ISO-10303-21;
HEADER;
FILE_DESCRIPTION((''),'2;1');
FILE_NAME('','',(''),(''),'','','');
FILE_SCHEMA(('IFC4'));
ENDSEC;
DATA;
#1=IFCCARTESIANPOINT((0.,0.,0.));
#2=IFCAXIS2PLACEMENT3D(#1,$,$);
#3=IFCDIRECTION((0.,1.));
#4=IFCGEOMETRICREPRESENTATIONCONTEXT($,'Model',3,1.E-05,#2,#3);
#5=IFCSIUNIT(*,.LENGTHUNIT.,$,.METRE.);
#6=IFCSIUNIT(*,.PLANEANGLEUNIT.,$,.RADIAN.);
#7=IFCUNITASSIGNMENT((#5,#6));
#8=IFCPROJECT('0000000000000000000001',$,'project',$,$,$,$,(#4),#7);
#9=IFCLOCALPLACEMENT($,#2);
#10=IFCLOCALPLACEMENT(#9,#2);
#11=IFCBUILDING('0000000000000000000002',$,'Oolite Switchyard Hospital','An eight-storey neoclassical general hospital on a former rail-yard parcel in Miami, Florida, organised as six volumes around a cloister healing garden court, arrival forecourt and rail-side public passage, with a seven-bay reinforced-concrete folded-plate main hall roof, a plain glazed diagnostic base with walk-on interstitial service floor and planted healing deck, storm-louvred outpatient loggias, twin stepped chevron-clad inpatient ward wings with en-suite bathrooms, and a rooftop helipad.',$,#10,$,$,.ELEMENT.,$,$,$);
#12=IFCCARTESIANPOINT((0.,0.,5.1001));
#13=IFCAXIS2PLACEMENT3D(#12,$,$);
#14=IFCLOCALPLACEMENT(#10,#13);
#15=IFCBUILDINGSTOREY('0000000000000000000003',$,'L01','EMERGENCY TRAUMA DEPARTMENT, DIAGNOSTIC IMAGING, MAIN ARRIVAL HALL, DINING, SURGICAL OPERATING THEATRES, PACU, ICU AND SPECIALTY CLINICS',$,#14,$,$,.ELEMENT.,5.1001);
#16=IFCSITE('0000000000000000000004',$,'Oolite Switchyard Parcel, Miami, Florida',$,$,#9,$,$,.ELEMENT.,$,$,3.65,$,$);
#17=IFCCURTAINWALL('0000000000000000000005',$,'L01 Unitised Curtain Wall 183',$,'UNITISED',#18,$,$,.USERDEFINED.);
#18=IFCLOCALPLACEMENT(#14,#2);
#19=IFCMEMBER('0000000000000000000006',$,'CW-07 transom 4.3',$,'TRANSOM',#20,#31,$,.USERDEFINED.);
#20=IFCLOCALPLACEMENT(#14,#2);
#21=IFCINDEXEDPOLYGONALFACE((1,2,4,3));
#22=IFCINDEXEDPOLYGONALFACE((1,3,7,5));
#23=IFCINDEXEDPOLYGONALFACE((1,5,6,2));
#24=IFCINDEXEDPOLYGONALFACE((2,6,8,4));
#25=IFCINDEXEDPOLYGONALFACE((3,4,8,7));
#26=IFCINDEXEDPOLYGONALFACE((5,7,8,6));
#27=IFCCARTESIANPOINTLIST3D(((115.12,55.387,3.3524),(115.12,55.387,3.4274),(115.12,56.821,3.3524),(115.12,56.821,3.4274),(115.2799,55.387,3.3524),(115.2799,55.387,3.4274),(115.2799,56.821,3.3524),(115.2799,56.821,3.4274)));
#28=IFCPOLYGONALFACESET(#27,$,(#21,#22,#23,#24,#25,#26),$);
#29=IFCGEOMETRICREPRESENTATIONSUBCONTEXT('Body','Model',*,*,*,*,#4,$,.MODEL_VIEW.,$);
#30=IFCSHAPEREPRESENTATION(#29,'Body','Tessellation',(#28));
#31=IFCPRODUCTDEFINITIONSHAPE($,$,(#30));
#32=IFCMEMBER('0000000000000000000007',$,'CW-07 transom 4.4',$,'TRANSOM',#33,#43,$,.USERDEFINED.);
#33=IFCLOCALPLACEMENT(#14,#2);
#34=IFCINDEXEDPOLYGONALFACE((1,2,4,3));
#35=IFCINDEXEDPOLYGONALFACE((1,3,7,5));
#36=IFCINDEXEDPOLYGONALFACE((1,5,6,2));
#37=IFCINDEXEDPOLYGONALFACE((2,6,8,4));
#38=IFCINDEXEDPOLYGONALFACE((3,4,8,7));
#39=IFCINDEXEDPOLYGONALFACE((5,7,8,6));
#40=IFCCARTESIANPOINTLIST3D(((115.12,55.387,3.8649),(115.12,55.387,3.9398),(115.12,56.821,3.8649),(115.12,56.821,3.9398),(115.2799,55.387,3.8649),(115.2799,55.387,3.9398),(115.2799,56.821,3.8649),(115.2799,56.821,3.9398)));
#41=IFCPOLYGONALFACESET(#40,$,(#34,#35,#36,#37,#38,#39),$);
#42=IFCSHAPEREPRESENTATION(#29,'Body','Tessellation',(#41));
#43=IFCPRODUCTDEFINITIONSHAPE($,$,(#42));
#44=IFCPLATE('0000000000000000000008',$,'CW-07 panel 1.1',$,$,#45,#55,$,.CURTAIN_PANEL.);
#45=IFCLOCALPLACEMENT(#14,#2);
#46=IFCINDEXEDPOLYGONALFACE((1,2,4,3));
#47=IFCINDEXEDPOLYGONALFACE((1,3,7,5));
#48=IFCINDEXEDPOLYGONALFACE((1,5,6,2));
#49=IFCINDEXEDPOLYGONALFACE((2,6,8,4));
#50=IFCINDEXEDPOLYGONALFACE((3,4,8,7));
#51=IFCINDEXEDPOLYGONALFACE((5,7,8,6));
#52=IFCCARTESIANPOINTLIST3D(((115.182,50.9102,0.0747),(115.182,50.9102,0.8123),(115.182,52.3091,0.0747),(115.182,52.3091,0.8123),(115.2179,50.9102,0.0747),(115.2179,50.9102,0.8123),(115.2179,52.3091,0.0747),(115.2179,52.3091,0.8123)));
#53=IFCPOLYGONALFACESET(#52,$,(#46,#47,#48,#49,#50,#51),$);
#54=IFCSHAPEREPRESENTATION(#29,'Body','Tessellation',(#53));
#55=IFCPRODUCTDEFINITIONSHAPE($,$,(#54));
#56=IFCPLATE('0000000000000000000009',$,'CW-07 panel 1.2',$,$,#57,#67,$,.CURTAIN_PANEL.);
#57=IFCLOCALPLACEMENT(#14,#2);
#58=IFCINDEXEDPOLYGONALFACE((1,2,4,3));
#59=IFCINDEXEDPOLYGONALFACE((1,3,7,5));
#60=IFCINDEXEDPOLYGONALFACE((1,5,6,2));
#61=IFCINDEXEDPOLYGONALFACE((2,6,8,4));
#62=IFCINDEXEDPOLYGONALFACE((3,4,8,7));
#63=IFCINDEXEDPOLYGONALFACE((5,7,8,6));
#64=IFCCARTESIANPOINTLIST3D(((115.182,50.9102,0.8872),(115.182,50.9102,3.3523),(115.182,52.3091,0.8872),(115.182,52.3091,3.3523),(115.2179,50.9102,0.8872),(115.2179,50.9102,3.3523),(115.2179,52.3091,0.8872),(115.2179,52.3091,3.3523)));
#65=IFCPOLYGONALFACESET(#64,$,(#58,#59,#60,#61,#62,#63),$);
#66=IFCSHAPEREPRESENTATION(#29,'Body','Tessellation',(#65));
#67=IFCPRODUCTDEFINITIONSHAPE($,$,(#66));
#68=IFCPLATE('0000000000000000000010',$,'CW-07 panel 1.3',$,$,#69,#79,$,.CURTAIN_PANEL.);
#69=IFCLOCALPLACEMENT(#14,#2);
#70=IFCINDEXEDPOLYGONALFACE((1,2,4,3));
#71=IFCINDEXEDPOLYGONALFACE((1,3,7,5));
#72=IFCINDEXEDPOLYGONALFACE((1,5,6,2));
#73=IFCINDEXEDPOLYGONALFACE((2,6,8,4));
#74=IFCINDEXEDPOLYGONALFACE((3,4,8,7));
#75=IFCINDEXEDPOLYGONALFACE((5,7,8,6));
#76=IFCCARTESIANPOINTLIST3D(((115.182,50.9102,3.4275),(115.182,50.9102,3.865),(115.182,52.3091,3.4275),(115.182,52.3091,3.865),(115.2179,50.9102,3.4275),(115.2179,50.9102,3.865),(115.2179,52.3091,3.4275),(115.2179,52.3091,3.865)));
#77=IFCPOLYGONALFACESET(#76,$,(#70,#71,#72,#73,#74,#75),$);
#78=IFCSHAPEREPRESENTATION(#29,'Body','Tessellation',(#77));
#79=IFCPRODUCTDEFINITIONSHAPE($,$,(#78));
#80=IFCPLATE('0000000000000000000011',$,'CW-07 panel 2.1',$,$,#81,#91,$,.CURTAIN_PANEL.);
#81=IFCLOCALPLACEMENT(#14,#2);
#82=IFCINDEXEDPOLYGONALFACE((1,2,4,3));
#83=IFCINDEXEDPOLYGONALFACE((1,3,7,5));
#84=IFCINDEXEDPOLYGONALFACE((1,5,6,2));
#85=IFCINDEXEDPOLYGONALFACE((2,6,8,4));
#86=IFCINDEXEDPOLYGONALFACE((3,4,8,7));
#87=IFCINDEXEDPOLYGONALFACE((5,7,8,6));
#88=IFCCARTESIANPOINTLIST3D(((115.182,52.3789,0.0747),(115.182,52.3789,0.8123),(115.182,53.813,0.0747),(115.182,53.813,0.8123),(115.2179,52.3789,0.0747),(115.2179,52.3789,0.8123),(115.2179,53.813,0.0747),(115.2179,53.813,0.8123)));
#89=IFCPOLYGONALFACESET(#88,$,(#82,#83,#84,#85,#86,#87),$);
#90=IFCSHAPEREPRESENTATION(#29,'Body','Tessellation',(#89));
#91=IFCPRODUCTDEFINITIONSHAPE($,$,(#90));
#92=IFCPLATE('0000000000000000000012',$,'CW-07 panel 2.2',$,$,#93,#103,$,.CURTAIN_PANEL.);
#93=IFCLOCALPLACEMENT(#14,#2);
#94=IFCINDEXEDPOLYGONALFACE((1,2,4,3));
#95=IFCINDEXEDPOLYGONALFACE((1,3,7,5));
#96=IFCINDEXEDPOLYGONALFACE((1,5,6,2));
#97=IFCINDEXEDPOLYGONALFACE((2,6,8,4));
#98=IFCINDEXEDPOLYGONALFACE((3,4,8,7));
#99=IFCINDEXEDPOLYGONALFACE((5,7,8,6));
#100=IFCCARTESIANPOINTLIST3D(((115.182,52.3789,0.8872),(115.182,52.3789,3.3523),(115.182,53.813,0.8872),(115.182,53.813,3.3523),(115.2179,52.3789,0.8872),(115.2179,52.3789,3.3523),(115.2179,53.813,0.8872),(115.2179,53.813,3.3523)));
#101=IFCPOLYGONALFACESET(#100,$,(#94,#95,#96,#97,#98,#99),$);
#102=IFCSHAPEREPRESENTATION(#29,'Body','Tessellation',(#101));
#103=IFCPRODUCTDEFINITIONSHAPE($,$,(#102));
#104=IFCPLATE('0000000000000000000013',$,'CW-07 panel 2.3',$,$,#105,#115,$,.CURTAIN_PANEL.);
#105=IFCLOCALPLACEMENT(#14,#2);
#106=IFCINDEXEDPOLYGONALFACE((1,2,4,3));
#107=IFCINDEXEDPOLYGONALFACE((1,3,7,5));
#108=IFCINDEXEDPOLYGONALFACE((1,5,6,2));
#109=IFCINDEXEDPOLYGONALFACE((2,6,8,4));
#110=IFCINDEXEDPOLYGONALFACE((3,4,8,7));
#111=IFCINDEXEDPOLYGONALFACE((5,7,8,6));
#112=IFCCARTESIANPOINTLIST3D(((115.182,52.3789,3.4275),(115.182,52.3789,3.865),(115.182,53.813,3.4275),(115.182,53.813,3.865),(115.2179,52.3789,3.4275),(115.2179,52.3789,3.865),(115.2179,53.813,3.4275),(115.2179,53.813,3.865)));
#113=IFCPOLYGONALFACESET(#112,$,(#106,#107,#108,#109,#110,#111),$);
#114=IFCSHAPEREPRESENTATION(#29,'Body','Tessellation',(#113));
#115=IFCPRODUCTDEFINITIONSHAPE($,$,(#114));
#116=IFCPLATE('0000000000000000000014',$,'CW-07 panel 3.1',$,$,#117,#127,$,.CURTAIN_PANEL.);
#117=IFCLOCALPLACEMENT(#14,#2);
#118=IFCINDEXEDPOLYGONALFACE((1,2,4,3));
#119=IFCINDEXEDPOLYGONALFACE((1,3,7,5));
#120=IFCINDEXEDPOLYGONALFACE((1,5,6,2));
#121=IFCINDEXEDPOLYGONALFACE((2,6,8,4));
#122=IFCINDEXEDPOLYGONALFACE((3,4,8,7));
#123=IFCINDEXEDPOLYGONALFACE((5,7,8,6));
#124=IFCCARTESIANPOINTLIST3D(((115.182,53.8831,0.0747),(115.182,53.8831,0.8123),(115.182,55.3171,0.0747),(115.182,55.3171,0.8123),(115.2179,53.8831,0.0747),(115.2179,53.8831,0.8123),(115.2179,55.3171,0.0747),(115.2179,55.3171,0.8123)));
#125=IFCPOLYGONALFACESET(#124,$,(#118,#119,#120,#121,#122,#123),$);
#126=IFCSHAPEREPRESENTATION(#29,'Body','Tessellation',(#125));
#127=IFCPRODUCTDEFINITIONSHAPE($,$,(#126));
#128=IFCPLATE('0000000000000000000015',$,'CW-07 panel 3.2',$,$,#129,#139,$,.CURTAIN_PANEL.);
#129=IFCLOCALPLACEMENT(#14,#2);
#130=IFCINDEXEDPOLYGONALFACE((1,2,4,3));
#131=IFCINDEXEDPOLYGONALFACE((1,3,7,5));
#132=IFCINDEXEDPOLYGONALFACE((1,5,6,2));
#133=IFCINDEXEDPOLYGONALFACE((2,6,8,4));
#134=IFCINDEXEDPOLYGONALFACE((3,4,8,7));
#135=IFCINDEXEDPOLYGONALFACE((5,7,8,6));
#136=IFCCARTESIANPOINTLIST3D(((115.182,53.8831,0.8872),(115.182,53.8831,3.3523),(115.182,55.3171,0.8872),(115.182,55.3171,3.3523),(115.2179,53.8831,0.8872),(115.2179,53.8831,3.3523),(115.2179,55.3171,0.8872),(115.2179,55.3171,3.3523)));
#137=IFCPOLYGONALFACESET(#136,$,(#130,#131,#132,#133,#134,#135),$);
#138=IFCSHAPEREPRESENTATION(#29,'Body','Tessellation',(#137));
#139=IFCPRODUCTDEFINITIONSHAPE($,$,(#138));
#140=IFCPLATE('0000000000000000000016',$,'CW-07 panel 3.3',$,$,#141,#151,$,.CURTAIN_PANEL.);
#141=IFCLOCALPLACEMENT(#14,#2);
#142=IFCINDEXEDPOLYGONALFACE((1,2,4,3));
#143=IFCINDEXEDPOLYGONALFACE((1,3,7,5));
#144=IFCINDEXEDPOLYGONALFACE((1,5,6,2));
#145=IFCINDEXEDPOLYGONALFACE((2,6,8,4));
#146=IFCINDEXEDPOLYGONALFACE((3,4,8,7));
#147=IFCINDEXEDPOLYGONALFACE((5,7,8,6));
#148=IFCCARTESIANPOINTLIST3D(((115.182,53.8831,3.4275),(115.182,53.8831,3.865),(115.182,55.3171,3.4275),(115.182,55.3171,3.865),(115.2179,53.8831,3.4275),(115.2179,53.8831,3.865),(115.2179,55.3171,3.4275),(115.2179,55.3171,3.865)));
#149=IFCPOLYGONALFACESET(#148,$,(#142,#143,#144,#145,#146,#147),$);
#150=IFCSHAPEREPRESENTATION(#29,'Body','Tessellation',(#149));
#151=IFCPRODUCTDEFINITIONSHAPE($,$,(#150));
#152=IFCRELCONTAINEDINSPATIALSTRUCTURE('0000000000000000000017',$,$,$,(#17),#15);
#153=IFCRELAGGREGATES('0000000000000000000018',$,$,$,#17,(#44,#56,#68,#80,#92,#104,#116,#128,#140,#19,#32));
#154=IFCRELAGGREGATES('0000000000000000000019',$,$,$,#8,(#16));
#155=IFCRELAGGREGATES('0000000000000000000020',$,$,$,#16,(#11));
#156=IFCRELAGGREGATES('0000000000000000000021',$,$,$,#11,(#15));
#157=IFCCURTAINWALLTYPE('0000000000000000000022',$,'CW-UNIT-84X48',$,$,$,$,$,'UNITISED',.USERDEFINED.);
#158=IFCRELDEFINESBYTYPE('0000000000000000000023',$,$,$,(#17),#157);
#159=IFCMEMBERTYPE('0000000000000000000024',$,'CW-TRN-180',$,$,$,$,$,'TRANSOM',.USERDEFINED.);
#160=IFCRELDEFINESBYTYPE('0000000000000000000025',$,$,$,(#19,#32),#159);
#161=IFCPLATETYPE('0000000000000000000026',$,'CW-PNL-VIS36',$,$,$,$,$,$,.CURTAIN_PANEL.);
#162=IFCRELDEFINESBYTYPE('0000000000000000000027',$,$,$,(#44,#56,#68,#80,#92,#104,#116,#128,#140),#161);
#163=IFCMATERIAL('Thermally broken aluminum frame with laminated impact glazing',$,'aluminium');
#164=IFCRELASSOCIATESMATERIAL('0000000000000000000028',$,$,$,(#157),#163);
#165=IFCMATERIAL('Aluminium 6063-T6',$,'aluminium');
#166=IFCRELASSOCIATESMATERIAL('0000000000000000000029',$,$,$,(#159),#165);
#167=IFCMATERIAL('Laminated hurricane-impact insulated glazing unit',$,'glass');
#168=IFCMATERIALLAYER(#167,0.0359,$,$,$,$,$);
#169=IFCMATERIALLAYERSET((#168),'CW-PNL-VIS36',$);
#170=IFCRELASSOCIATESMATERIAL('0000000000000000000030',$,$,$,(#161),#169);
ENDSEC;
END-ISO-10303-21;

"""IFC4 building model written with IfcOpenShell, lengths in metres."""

from ifc_helpers import new_model, si_unit, direction, frame, origin, origin_2d, place, context, subcontext, project, spatial, rectangle, extrude, material, layer, layer_set, material_profile, profile_set, type_object, element, aggregate, save


model = new_model("IFC4")

# Units and contexts
model_context = context("Model", 3, precision=1e-05, world=origin(), true_north=direction((0.0, 1.0)))
body_context = subcontext(model_context, "Body", "Model", "MODEL_VIEW")
ifc_project = project(units=[si_unit("LENGTHUNIT", "METRE"), si_unit("PLANEANGLEUNIT", "RADIAN")], contexts=[model_context])

# Site, building, storey
site_placement = place(None, origin())
site = spatial("IfcSite", under=ifc_project, at=site_placement, Name="Oolite Switchyard Parcel, Miami, Florida", CompositionType="ELEMENT", RefElevation=3.65)
building_placement = place(site_placement, origin())
building = spatial("IfcBuilding", under=site, at=building_placement, Name="Oolite Switchyard Hospital", Description="An eight-storey neoclassical general hospital on a former rail-yard parcel in Miami, Florida, organised as six volumes around a cloister healing garden court, arrival forecourt and rail-side public passage, with a seven-bay reinforced-concrete folded-plate main hall roof, a plain glazed diagnostic base with walk-on interstitial service floor and planted healing deck, storm-louvred outpatient loggias, twin stepped chevron-clad inpatient ward wings with en-suite bathrooms, and a rooftop helipad.", CompositionType="ELEMENT")
storey_placement = place(building_placement, frame((0.0, 0.0, 5.1001)))
storey = spatial("IfcBuildingStorey", under=building, at=storey_placement, Name="L01", Description="EMERGENCY TRAUMA DEPARTMENT, DIAGNOSTIC IMAGING, MAIN ARRIVAL HALL, DINING, SURGICAL OPERATING THEATRES, PACU, ICU AND SPECIALTY CLINICS", CompositionType="ELEMENT", Elevation=5.1001)

# Curtain wall, members, plates
ifc_material_1 = material(Name="Thermally broken aluminum frame with laminated impact glazing", Category="aluminium")
curtain_wall_type = type_object("IfcCurtainWallType", Name="CW-UNIT-84X48", ElementType="UNITISED", PredefinedType="USERDEFINED", material=ifc_material_1)
curtain_wall_placement = place(storey_placement, origin())
curtain_wall = element("IfcCurtainWall", 1, at=curtain_wall_placement, inside=storey, type_object=curtain_wall_type, Name="L01 Unitised Curtain Wall 183", ObjectType="UNITISED", PredefinedType="USERDEFINED")
ifc_material_2 = material(Name="Aluminium 6063-T6", Category="aluminium")
ifc_material_profile_1 = material_profile(ifc_material_2, rectangle(XDim=0.1599, YDim=0.075, at=origin_2d()), Name="CWT75X160")
ifc_profile_set_1 = profile_set([ifc_material_profile_1], Name="Aluminium 6063-T6")
member_type_1 = type_object("IfcMemberType", Name="CW-TRN-180", ElementType="TRANSOM", PredefinedType="USERDEFINED", material=ifc_profile_set_1)
member_1_placement = place(storey_placement, frame((115.2, 55.387, 3.3899), z_axis=(0.0, 1.0, 0.0), x_axis=(-1.0, 0.0, 0.0)))
member_1 = element("IfcMember", 2, at=member_1_placement, type_object=member_type_1, Name="CW-07 transom 4.3", ObjectType="TRANSOM", PredefinedType="USERDEFINED", context=body_context, shape_type="SweptSolid", body=[
    extrude(rectangle(XDim=0.1599, YDim=0.075, at=origin_2d()), origin(), (0.0, 0.0, 1.0), 1.4341),
])
member_2_placement = place(storey_placement, frame((115.2, 55.387, 3.9023), z_axis=(0.0, 1.0, 0.0), x_axis=(-1.0, 0.0, 0.0)))
member_2 = element("IfcMember", 3, at=member_2_placement, type_object=member_type_1, Name="CW-07 transom 4.4", ObjectType="TRANSOM", PredefinedType="USERDEFINED", context=body_context, shape_type="SweptSolid", body=[
    extrude(rectangle(XDim=0.1599, YDim=0.075, at=origin_2d()), origin(), (0.0, 0.0, 1.0), 1.4341),
])
ifc_material_3 = material(Name="Laminated hurricane-impact insulated glazing unit", Category="glass")
ifc_layer = layer(ifc_material_3, 0.0359)
ifc_layer_set = layer_set([ifc_layer], Name="CW-PNL-VIS36")
plate_type = type_object("IfcPlateType", Name="CW-PNL-VIS36", PredefinedType="CURTAIN_PANEL", material=ifc_layer_set)
plate_1_placement = place(storey_placement, frame((115.2, 51.6096, 0.0747), z_axis=(0.0, 0.0, 1.0), x_axis=(0.0, 1.0, 0.0)))
plate_1 = element("IfcPlate", 4, at=plate_1_placement, type_object=plate_type, Name="CW-07 panel 1.1", PredefinedType="CURTAIN_PANEL", context=body_context, shape_type="SweptSolid", body=[
    extrude(rectangle(XDim=1.3989, YDim=0.0359, at=origin_2d()), origin(), (0.0, 0.0, 1.0), 0.7375),
])
plate_2_placement = place(storey_placement, frame((115.2, 51.6096, 0.8872), z_axis=(0.0, 0.0, 1.0), x_axis=(0.0, 1.0, 0.0)))
plate_2 = element("IfcPlate", 5, at=plate_2_placement, type_object=plate_type, Name="CW-07 panel 1.2", PredefinedType="CURTAIN_PANEL", context=body_context, shape_type="SweptSolid", body=[
    extrude(rectangle(XDim=1.3989, YDim=0.0359, at=origin_2d()), origin(), (0.0, 0.0, 1.0), 2.4651),
])
plate_3_placement = place(storey_placement, frame((115.2, 51.6096, 3.4275), z_axis=(0.0, 0.0, 1.0), x_axis=(0.0, 1.0, 0.0)))
plate_3 = element("IfcPlate", 6, at=plate_3_placement, type_object=plate_type, Name="CW-07 panel 1.3", PredefinedType="CURTAIN_PANEL", context=body_context, shape_type="SweptSolid", body=[
    extrude(rectangle(XDim=1.3989, YDim=0.0359, at=origin_2d()), origin(), (0.0, 0.0, 1.0), 0.4375),
])
plate_4_placement = place(storey_placement, frame((115.2, 53.0959, 0.0747), z_axis=(0.0, 0.0, 1.0), x_axis=(0.0, 1.0, 0.0)))
plate_4 = element("IfcPlate", 7, at=plate_4_placement, type_object=plate_type, Name="CW-07 panel 2.1", PredefinedType="CURTAIN_PANEL", context=body_context, shape_type="SweptSolid", body=[
    extrude(rectangle(XDim=1.4341, YDim=0.0359, at=origin_2d()), origin(), (0.0, 0.0, 1.0), 0.7375),
])
plate_5_placement = place(storey_placement, frame((115.2, 53.0959, 0.8872), z_axis=(0.0, 0.0, 1.0), x_axis=(0.0, 1.0, 0.0)))
plate_5 = element("IfcPlate", 8, at=plate_5_placement, type_object=plate_type, Name="CW-07 panel 2.2", PredefinedType="CURTAIN_PANEL", context=body_context, shape_type="SweptSolid", body=[
    extrude(rectangle(XDim=1.4341, YDim=0.0359, at=origin_2d()), origin(), (0.0, 0.0, 1.0), 2.4651),
])
plate_6_placement = place(storey_placement, frame((115.2, 53.0959, 3.4275), z_axis=(0.0, 0.0, 1.0), x_axis=(0.0, 1.0, 0.0)))
plate_6 = element("IfcPlate", 9, at=plate_6_placement, type_object=plate_type, Name="CW-07 panel 2.3", PredefinedType="CURTAIN_PANEL", context=body_context, shape_type="SweptSolid", body=[
    extrude(rectangle(XDim=1.4341, YDim=0.0359, at=origin_2d()), origin(), (0.0, 0.0, 1.0), 0.4375),
])
plate_7_placement = place(storey_placement, frame((115.2, 54.6001, 0.0747), z_axis=(0.0, 0.0, 1.0), x_axis=(0.0, 1.0, 0.0)))
plate_7 = element("IfcPlate", 10, at=plate_7_placement, type_object=plate_type, Name="CW-07 panel 3.1", PredefinedType="CURTAIN_PANEL", context=body_context, shape_type="SweptSolid", body=[
    extrude(rectangle(XDim=1.4341, YDim=0.0359, at=origin_2d()), origin(), (0.0, 0.0, 1.0), 0.7375),
])
plate_8_placement = place(storey_placement, frame((115.2, 54.6001, 0.8872), z_axis=(0.0, 0.0, 1.0), x_axis=(0.0, 1.0, 0.0)))
plate_8 = element("IfcPlate", 11, at=plate_8_placement, type_object=plate_type, Name="CW-07 panel 3.2", PredefinedType="CURTAIN_PANEL", context=body_context, shape_type="SweptSolid", body=[
    extrude(rectangle(XDim=1.4341, YDim=0.0359, at=origin_2d()), origin(), (0.0, 0.0, 1.0), 2.4651),
])
plate_9_placement = place(storey_placement, frame((115.2, 54.6001, 3.4275), z_axis=(0.0, 0.0, 1.0), x_axis=(0.0, 1.0, 0.0)))
plate_9 = element("IfcPlate", 12, at=plate_9_placement, type_object=plate_type, Name="CW-07 panel 3.3", PredefinedType="CURTAIN_PANEL", context=body_context, shape_type="SweptSolid", body=[
    extrude(rectangle(XDim=1.4341, YDim=0.0359, at=origin_2d()), origin(), (0.0, 0.0, 1.0), 0.4375),
])
aggregate(curtain_wall, [plate_1, plate_2, plate_3, plate_4, plate_5, plate_6, plate_7, plate_8, plate_9, member_1, member_2])

save(model, "model.ifc")
